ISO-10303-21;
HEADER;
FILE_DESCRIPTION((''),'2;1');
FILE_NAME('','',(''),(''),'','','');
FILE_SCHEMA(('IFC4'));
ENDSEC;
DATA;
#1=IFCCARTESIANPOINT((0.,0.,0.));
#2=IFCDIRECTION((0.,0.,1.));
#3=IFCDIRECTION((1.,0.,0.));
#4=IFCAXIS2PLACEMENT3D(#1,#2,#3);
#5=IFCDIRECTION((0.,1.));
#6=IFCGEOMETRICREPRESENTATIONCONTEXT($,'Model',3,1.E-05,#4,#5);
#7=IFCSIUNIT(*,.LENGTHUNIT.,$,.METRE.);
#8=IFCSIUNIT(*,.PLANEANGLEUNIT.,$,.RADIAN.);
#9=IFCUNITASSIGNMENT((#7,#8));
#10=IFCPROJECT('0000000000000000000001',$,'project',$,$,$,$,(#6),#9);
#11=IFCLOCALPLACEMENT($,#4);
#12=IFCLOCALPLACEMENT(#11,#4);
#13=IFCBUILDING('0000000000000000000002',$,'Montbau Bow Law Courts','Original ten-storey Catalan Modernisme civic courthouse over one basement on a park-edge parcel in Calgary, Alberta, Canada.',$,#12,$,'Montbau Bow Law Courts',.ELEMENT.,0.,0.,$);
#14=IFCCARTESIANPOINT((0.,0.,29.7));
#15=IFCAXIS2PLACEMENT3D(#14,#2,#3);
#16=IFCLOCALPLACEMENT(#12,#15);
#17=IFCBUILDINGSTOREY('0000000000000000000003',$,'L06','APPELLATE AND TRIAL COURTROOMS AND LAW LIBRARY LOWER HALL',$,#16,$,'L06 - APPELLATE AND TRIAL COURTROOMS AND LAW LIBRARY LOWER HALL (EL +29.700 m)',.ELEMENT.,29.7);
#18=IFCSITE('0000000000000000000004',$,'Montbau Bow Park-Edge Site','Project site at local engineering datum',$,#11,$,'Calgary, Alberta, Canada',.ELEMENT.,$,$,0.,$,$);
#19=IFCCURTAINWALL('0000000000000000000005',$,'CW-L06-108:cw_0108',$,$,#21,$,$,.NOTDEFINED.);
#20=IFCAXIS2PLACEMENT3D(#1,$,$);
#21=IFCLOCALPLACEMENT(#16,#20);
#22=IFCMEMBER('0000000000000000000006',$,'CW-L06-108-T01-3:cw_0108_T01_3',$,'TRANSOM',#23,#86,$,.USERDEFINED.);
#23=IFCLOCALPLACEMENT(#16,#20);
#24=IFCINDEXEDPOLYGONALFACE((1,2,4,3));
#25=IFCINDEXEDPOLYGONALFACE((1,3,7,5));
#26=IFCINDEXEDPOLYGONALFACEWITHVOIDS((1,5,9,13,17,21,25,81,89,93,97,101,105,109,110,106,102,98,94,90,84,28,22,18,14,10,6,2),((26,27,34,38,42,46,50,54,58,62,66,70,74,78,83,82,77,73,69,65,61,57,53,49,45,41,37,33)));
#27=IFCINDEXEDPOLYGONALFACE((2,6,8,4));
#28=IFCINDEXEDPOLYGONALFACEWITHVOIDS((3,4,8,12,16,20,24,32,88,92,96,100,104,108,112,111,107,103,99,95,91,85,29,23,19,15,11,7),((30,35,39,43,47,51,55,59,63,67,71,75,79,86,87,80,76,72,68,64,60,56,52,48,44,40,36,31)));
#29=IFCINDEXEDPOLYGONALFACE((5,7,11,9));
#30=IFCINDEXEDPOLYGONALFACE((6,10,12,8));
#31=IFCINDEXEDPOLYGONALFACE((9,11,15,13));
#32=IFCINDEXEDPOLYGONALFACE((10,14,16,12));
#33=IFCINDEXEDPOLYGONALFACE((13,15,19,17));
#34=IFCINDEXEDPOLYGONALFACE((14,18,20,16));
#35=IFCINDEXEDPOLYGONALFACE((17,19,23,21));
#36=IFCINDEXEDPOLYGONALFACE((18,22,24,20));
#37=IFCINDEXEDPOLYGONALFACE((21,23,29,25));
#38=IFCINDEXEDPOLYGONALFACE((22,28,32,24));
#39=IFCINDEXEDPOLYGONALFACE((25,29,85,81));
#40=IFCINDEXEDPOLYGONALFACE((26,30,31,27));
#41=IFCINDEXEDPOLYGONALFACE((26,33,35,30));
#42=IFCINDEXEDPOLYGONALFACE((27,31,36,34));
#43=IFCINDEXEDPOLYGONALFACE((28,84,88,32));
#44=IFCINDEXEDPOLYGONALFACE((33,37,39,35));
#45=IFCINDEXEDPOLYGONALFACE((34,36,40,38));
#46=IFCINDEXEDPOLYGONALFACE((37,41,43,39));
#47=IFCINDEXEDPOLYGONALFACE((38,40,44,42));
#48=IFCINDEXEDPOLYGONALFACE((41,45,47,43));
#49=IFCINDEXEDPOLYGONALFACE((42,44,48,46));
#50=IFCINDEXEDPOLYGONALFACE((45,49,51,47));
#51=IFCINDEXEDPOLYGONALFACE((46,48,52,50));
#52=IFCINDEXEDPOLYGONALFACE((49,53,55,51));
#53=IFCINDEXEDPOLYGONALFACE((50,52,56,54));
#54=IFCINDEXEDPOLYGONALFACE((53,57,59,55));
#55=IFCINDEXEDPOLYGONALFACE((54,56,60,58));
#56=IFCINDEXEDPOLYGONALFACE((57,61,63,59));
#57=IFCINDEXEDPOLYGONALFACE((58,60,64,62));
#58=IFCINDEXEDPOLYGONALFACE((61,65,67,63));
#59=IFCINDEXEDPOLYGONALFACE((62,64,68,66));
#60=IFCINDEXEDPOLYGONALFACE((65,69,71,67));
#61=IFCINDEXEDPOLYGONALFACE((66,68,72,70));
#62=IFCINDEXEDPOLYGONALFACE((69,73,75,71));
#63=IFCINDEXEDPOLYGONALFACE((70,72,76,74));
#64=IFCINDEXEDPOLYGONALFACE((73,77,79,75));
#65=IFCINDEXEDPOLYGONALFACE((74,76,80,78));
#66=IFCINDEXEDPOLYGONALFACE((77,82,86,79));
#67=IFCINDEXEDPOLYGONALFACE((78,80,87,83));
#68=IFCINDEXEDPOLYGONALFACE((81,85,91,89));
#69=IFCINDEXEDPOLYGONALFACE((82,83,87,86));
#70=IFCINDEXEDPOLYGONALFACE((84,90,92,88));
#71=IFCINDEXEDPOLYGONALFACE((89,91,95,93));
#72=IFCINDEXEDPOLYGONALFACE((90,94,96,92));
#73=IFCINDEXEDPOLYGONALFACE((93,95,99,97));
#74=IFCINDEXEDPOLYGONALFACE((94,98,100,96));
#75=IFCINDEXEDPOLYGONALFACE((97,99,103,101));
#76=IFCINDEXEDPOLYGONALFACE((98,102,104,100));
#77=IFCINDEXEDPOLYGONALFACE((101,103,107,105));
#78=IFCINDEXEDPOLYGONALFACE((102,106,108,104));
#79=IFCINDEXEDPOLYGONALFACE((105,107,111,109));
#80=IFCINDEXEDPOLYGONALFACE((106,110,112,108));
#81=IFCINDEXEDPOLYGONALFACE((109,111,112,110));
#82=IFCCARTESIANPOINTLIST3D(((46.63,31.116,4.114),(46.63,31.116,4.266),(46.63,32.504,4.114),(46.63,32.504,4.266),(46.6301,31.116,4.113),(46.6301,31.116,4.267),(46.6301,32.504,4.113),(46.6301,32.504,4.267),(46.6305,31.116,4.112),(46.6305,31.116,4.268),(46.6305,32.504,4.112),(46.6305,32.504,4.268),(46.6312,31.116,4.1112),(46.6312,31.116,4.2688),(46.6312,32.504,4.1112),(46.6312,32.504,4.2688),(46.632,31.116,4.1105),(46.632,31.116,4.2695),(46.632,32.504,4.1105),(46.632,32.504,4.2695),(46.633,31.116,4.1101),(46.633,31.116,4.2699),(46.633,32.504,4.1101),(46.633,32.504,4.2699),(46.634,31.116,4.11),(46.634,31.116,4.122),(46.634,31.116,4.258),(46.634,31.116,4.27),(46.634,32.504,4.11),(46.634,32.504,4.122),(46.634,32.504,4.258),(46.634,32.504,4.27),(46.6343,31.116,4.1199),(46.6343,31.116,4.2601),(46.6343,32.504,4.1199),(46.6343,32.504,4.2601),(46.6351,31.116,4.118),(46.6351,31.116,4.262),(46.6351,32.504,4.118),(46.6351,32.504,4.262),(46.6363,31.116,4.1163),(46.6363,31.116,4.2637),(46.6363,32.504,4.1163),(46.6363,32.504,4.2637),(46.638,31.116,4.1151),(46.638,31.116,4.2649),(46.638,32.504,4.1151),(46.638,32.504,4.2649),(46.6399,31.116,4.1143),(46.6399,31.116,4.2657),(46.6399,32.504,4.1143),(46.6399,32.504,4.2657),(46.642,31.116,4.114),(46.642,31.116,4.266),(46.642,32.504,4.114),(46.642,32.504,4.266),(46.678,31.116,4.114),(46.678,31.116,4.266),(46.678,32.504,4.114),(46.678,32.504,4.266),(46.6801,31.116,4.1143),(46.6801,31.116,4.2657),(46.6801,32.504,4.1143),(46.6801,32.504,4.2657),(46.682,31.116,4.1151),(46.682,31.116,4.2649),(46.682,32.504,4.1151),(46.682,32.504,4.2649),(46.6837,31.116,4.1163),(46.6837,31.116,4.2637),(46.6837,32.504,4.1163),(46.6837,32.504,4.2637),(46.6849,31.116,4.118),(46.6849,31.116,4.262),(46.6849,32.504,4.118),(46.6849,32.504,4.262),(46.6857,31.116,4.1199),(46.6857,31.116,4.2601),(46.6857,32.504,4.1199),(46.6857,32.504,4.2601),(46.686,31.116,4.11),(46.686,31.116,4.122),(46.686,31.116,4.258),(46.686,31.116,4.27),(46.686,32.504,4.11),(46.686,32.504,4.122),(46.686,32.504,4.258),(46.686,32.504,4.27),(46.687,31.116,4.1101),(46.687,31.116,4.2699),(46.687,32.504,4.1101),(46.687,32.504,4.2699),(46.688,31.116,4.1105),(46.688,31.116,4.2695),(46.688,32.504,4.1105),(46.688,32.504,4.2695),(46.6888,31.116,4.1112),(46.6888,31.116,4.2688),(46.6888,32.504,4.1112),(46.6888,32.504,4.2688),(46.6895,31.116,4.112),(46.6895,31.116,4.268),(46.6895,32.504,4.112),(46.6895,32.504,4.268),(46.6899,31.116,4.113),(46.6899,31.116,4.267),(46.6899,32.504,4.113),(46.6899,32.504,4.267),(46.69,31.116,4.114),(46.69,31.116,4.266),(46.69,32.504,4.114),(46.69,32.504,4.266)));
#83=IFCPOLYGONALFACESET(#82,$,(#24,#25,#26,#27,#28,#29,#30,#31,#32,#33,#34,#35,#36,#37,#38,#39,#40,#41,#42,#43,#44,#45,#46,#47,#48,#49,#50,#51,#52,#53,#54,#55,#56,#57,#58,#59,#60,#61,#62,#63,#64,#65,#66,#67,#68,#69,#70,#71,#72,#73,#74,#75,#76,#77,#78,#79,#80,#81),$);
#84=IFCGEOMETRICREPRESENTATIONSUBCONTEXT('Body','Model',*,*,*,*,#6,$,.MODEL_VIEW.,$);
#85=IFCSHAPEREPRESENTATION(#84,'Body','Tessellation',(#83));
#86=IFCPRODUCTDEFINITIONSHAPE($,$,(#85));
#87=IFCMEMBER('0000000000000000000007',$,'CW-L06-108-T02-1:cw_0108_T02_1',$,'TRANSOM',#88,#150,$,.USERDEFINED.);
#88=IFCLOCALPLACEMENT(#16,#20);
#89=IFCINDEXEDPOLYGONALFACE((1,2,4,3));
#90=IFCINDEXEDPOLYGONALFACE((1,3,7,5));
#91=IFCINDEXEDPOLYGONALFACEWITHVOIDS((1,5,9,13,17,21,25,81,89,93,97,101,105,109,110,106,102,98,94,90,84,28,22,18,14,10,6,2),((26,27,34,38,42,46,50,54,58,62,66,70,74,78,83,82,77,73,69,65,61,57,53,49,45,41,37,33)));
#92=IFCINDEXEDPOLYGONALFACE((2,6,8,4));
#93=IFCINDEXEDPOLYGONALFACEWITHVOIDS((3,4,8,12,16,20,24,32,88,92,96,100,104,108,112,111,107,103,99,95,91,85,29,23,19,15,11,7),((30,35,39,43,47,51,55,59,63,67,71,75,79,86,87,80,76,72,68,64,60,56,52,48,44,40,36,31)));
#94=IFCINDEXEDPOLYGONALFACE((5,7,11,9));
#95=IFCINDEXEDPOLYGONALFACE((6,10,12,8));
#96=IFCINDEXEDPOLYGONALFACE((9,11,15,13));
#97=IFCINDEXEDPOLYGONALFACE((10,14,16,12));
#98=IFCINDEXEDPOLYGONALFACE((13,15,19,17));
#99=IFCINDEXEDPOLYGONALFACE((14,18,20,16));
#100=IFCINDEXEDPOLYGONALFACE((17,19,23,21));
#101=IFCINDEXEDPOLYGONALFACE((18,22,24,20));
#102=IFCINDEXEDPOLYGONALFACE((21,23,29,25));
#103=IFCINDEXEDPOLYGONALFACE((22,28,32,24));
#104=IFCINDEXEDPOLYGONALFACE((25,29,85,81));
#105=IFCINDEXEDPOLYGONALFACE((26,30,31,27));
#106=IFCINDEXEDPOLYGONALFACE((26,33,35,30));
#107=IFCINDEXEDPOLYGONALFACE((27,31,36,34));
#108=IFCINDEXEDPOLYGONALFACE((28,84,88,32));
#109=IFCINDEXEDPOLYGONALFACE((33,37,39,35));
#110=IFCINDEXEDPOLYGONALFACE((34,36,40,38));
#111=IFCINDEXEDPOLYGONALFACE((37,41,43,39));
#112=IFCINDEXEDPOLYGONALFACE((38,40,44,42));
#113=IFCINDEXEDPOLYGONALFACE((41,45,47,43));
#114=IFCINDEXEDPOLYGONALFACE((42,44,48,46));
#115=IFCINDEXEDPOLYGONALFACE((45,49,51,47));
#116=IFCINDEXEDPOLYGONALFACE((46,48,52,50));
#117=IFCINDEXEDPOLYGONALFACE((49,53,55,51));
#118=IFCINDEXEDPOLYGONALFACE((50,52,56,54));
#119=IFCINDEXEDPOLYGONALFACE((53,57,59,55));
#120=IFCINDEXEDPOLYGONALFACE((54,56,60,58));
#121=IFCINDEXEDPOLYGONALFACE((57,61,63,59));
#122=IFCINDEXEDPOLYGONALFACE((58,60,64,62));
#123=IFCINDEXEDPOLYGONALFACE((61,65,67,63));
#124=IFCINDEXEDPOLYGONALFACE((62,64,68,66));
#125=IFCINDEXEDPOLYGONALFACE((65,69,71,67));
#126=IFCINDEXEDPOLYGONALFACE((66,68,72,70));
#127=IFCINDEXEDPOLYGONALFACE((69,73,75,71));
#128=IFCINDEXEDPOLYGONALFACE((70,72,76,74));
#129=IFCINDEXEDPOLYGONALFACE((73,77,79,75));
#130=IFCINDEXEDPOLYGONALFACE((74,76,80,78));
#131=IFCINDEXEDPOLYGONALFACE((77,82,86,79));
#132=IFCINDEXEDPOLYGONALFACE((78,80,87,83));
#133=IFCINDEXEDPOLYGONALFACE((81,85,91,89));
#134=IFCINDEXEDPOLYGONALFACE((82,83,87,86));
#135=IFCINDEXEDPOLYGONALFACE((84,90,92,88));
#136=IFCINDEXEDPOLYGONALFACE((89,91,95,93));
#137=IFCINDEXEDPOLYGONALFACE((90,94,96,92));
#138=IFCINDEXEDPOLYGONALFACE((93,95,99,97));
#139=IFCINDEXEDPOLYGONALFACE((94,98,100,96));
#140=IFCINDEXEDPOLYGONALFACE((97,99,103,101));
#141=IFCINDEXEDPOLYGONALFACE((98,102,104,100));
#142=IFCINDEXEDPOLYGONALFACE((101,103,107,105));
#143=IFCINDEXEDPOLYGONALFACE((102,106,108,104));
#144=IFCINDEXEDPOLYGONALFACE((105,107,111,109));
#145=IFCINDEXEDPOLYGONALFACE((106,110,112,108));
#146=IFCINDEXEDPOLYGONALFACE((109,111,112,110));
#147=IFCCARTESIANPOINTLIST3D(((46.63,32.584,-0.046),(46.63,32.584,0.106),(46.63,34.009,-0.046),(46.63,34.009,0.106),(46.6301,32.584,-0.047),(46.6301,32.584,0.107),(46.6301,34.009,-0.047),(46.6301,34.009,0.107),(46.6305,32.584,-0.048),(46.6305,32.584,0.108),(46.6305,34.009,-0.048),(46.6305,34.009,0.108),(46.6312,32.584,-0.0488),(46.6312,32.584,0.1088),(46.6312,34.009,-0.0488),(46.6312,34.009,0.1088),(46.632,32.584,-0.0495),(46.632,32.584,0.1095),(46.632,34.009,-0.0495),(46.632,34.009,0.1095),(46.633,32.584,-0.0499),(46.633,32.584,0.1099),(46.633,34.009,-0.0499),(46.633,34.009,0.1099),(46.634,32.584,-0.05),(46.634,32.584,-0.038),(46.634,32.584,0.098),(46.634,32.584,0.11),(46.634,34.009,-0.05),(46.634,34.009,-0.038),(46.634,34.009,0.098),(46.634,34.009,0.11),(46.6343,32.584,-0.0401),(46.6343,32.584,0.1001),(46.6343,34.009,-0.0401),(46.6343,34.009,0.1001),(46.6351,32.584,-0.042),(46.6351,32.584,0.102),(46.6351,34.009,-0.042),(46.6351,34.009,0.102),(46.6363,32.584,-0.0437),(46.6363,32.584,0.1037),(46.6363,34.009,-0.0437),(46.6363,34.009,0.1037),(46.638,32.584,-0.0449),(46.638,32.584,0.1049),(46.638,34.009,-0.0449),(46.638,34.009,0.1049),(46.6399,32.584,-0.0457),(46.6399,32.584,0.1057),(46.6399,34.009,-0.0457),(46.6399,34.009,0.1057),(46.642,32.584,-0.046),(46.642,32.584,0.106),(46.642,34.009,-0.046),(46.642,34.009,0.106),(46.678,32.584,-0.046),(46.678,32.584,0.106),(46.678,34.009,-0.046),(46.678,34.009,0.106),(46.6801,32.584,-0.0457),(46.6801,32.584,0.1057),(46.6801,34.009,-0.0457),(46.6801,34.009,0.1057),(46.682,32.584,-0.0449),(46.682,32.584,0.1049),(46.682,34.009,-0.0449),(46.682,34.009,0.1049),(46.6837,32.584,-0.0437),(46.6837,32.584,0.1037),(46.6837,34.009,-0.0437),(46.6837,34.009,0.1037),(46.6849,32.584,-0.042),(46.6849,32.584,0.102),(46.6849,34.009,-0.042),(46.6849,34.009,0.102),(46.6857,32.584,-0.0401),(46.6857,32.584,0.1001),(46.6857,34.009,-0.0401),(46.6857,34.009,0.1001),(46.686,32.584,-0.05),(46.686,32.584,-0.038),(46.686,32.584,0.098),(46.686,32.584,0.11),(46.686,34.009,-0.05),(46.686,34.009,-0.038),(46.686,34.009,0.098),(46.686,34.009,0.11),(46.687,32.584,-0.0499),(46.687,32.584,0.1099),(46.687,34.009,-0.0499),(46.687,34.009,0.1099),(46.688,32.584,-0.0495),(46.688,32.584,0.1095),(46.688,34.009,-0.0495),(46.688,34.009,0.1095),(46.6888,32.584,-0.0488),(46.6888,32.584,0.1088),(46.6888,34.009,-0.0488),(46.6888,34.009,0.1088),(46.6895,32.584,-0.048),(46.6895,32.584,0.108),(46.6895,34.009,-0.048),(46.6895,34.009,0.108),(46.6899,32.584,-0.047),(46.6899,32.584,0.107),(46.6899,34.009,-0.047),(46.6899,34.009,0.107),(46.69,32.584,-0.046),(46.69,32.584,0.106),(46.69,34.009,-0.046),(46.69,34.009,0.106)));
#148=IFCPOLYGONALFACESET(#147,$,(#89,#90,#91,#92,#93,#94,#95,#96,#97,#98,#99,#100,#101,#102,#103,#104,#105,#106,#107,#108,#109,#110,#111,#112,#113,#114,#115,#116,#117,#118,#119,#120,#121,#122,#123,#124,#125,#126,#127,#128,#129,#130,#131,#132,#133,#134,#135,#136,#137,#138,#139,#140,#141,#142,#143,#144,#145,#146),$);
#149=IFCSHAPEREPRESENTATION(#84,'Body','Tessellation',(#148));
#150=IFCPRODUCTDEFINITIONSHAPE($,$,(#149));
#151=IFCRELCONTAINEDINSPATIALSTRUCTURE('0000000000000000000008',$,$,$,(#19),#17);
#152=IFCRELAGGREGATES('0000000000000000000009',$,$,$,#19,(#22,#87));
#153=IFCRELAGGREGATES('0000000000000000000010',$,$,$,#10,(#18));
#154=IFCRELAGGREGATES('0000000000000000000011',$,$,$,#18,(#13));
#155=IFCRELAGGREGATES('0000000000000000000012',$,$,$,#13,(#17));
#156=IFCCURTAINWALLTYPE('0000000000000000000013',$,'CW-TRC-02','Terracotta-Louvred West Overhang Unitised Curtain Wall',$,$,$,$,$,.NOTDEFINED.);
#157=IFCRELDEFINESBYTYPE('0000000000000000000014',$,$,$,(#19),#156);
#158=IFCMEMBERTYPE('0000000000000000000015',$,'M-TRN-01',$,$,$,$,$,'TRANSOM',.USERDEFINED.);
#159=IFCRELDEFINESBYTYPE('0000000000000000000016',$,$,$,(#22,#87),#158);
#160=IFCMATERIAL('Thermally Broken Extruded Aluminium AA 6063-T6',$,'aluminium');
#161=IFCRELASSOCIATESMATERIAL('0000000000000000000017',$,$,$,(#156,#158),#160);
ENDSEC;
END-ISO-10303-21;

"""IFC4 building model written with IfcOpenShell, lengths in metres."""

from ifc_helpers import new_model, si_unit, direction, frame, origin_with_axes, origin_2d_with_axis, place, context, subcontext, project, spatial, hollow_rectangle, extrude, material, material_profile, profile_set, type_object, element, aggregate, save


model = new_model("IFC4")

# Units and contexts
model_context = context("Model", 3, precision=1e-05, world=origin_with_axes(), true_north=direction((0.0, 1.0)))
body_context = subcontext(model_context, "Body", "Model", "MODEL_VIEW")
ifc_project = project(units=[si_unit("LENGTHUNIT", "METRE"), si_unit("PLANEANGLEUNIT", "RADIAN")], contexts=[model_context])

# Site, building, storey
site_placement = place(None, origin_with_axes())
site = spatial("IfcSite", under=ifc_project, at=site_placement, Name="Montbau Bow Park-Edge Site", Description="Project site at local engineering datum", LongName="Calgary, Alberta, Canada", CompositionType="ELEMENT", RefElevation=0.0)
building_placement = place(site_placement, origin_with_axes())
building = spatial("IfcBuilding", under=site, at=building_placement, Name="Montbau Bow Law Courts", Description="Original ten-storey Catalan Modernisme civic courthouse over one basement on a park-edge parcel in Calgary, Alberta, Canada.", LongName="Montbau Bow Law Courts", CompositionType="ELEMENT", ElevationOfRefHeight=0.0, ElevationOfTerrain=0.0)
storey_placement = place(building_placement, frame((0.0, 0.0, 29.7), z_axis=(0.0, 0.0, 1.0), x_axis=(1.0, 0.0, 0.0)))
storey = spatial("IfcBuildingStorey", under=building, at=storey_placement, Name="L06", Description="APPELLATE AND TRIAL COURTROOMS AND LAW LIBRARY LOWER HALL", LongName="L06 - APPELLATE AND TRIAL COURTROOMS AND LAW LIBRARY LOWER HALL (EL +29.700 m)", CompositionType="ELEMENT", Elevation=29.7)

# Curtain wall
ifc_material_1 = material(Name="Thermally Broken Extruded Aluminium AA 6063-T6", Category="aluminium")
curtain_wall_type = type_object("IfcCurtainWallType", Name="CW-TRC-02", Description="Terracotta-Louvred West Overhang Unitised Curtain Wall", PredefinedType="NOTDEFINED", material=ifc_material_1)
curtain_wall_1_placement = place(None, frame((46.66, 31.04, 29.7), z_axis=(0.0, 0.0, 1.0), x_axis=(1.0, 0.0, 0.0)))
curtain_wall_1 = element("IfcCurtainWall", 1, at=curtain_wall_1_placement, inside=storey, type_object=curtain_wall_type, Name="CW-L06-108:cw_0108", PredefinedType="NOTDEFINED")

# Members
ifc_material_profile_1 = material_profile(ifc_material_1, hollow_rectangle(XDim=0.06, YDim=0.16, WallThickness=0.004, InnerFilletRadius=0.008, OuterFilletRadius=0.004, at=origin_2d_with_axis()), Name="CWT-160X60", Category="Main", Priority=0)
ifc_profile_set_1 = profile_set([ifc_material_profile_1], Name="Thermally Broken Extruded Aluminium AA 6063-T6")
member_type_1 = type_object("IfcMemberType", Name="M-TRN-01", ElementType="TRANSOM", PredefinedType="USERDEFINED", material=ifc_profile_set_1)
member_1_placement = place(None, frame((46.66, 31.116, 33.89), z_axis=(0.0, 1.0, 0.0), x_axis=(-1.0, 0.0, 0.0)))
member_1 = element("IfcMember", 2, at=member_1_placement, type_object=member_type_1, Name="CW-L06-108-T01-3:cw_0108_T01_3", ObjectType="TRANSOM", PredefinedType="USERDEFINED", context=body_context, shape_type="SweptSolid", body=[
    extrude(hollow_rectangle(XDim=0.06, YDim=0.16, WallThickness=0.004, InnerFilletRadius=0.008, OuterFilletRadius=0.004, at=origin_2d_with_axis()), origin_with_axes(), (0.0, 0.0, 1.0), 1.388),
])
member_2_placement = place(None, frame((46.66, 32.584, 29.73), z_axis=(0.0, 1.0, 0.0), x_axis=(-1.0, 0.0, 0.0)))
member_2 = element("IfcMember", 3, at=member_2_placement, type_object=member_type_1, Name="CW-L06-108-T02-1:cw_0108_T02_1", ObjectType="TRANSOM", PredefinedType="USERDEFINED", context=body_context, shape_type="SweptSolid", body=[
    extrude(hollow_rectangle(XDim=0.06, YDim=0.16, WallThickness=0.004, InnerFilletRadius=0.008, OuterFilletRadius=0.004, at=origin_2d_with_axis()), origin_with_axes(), (0.0, 0.0, 1.0), 1.425),
])

aggregate(curtain_wall_1, [member_1, member_2])

save(model, "model.ifc")
